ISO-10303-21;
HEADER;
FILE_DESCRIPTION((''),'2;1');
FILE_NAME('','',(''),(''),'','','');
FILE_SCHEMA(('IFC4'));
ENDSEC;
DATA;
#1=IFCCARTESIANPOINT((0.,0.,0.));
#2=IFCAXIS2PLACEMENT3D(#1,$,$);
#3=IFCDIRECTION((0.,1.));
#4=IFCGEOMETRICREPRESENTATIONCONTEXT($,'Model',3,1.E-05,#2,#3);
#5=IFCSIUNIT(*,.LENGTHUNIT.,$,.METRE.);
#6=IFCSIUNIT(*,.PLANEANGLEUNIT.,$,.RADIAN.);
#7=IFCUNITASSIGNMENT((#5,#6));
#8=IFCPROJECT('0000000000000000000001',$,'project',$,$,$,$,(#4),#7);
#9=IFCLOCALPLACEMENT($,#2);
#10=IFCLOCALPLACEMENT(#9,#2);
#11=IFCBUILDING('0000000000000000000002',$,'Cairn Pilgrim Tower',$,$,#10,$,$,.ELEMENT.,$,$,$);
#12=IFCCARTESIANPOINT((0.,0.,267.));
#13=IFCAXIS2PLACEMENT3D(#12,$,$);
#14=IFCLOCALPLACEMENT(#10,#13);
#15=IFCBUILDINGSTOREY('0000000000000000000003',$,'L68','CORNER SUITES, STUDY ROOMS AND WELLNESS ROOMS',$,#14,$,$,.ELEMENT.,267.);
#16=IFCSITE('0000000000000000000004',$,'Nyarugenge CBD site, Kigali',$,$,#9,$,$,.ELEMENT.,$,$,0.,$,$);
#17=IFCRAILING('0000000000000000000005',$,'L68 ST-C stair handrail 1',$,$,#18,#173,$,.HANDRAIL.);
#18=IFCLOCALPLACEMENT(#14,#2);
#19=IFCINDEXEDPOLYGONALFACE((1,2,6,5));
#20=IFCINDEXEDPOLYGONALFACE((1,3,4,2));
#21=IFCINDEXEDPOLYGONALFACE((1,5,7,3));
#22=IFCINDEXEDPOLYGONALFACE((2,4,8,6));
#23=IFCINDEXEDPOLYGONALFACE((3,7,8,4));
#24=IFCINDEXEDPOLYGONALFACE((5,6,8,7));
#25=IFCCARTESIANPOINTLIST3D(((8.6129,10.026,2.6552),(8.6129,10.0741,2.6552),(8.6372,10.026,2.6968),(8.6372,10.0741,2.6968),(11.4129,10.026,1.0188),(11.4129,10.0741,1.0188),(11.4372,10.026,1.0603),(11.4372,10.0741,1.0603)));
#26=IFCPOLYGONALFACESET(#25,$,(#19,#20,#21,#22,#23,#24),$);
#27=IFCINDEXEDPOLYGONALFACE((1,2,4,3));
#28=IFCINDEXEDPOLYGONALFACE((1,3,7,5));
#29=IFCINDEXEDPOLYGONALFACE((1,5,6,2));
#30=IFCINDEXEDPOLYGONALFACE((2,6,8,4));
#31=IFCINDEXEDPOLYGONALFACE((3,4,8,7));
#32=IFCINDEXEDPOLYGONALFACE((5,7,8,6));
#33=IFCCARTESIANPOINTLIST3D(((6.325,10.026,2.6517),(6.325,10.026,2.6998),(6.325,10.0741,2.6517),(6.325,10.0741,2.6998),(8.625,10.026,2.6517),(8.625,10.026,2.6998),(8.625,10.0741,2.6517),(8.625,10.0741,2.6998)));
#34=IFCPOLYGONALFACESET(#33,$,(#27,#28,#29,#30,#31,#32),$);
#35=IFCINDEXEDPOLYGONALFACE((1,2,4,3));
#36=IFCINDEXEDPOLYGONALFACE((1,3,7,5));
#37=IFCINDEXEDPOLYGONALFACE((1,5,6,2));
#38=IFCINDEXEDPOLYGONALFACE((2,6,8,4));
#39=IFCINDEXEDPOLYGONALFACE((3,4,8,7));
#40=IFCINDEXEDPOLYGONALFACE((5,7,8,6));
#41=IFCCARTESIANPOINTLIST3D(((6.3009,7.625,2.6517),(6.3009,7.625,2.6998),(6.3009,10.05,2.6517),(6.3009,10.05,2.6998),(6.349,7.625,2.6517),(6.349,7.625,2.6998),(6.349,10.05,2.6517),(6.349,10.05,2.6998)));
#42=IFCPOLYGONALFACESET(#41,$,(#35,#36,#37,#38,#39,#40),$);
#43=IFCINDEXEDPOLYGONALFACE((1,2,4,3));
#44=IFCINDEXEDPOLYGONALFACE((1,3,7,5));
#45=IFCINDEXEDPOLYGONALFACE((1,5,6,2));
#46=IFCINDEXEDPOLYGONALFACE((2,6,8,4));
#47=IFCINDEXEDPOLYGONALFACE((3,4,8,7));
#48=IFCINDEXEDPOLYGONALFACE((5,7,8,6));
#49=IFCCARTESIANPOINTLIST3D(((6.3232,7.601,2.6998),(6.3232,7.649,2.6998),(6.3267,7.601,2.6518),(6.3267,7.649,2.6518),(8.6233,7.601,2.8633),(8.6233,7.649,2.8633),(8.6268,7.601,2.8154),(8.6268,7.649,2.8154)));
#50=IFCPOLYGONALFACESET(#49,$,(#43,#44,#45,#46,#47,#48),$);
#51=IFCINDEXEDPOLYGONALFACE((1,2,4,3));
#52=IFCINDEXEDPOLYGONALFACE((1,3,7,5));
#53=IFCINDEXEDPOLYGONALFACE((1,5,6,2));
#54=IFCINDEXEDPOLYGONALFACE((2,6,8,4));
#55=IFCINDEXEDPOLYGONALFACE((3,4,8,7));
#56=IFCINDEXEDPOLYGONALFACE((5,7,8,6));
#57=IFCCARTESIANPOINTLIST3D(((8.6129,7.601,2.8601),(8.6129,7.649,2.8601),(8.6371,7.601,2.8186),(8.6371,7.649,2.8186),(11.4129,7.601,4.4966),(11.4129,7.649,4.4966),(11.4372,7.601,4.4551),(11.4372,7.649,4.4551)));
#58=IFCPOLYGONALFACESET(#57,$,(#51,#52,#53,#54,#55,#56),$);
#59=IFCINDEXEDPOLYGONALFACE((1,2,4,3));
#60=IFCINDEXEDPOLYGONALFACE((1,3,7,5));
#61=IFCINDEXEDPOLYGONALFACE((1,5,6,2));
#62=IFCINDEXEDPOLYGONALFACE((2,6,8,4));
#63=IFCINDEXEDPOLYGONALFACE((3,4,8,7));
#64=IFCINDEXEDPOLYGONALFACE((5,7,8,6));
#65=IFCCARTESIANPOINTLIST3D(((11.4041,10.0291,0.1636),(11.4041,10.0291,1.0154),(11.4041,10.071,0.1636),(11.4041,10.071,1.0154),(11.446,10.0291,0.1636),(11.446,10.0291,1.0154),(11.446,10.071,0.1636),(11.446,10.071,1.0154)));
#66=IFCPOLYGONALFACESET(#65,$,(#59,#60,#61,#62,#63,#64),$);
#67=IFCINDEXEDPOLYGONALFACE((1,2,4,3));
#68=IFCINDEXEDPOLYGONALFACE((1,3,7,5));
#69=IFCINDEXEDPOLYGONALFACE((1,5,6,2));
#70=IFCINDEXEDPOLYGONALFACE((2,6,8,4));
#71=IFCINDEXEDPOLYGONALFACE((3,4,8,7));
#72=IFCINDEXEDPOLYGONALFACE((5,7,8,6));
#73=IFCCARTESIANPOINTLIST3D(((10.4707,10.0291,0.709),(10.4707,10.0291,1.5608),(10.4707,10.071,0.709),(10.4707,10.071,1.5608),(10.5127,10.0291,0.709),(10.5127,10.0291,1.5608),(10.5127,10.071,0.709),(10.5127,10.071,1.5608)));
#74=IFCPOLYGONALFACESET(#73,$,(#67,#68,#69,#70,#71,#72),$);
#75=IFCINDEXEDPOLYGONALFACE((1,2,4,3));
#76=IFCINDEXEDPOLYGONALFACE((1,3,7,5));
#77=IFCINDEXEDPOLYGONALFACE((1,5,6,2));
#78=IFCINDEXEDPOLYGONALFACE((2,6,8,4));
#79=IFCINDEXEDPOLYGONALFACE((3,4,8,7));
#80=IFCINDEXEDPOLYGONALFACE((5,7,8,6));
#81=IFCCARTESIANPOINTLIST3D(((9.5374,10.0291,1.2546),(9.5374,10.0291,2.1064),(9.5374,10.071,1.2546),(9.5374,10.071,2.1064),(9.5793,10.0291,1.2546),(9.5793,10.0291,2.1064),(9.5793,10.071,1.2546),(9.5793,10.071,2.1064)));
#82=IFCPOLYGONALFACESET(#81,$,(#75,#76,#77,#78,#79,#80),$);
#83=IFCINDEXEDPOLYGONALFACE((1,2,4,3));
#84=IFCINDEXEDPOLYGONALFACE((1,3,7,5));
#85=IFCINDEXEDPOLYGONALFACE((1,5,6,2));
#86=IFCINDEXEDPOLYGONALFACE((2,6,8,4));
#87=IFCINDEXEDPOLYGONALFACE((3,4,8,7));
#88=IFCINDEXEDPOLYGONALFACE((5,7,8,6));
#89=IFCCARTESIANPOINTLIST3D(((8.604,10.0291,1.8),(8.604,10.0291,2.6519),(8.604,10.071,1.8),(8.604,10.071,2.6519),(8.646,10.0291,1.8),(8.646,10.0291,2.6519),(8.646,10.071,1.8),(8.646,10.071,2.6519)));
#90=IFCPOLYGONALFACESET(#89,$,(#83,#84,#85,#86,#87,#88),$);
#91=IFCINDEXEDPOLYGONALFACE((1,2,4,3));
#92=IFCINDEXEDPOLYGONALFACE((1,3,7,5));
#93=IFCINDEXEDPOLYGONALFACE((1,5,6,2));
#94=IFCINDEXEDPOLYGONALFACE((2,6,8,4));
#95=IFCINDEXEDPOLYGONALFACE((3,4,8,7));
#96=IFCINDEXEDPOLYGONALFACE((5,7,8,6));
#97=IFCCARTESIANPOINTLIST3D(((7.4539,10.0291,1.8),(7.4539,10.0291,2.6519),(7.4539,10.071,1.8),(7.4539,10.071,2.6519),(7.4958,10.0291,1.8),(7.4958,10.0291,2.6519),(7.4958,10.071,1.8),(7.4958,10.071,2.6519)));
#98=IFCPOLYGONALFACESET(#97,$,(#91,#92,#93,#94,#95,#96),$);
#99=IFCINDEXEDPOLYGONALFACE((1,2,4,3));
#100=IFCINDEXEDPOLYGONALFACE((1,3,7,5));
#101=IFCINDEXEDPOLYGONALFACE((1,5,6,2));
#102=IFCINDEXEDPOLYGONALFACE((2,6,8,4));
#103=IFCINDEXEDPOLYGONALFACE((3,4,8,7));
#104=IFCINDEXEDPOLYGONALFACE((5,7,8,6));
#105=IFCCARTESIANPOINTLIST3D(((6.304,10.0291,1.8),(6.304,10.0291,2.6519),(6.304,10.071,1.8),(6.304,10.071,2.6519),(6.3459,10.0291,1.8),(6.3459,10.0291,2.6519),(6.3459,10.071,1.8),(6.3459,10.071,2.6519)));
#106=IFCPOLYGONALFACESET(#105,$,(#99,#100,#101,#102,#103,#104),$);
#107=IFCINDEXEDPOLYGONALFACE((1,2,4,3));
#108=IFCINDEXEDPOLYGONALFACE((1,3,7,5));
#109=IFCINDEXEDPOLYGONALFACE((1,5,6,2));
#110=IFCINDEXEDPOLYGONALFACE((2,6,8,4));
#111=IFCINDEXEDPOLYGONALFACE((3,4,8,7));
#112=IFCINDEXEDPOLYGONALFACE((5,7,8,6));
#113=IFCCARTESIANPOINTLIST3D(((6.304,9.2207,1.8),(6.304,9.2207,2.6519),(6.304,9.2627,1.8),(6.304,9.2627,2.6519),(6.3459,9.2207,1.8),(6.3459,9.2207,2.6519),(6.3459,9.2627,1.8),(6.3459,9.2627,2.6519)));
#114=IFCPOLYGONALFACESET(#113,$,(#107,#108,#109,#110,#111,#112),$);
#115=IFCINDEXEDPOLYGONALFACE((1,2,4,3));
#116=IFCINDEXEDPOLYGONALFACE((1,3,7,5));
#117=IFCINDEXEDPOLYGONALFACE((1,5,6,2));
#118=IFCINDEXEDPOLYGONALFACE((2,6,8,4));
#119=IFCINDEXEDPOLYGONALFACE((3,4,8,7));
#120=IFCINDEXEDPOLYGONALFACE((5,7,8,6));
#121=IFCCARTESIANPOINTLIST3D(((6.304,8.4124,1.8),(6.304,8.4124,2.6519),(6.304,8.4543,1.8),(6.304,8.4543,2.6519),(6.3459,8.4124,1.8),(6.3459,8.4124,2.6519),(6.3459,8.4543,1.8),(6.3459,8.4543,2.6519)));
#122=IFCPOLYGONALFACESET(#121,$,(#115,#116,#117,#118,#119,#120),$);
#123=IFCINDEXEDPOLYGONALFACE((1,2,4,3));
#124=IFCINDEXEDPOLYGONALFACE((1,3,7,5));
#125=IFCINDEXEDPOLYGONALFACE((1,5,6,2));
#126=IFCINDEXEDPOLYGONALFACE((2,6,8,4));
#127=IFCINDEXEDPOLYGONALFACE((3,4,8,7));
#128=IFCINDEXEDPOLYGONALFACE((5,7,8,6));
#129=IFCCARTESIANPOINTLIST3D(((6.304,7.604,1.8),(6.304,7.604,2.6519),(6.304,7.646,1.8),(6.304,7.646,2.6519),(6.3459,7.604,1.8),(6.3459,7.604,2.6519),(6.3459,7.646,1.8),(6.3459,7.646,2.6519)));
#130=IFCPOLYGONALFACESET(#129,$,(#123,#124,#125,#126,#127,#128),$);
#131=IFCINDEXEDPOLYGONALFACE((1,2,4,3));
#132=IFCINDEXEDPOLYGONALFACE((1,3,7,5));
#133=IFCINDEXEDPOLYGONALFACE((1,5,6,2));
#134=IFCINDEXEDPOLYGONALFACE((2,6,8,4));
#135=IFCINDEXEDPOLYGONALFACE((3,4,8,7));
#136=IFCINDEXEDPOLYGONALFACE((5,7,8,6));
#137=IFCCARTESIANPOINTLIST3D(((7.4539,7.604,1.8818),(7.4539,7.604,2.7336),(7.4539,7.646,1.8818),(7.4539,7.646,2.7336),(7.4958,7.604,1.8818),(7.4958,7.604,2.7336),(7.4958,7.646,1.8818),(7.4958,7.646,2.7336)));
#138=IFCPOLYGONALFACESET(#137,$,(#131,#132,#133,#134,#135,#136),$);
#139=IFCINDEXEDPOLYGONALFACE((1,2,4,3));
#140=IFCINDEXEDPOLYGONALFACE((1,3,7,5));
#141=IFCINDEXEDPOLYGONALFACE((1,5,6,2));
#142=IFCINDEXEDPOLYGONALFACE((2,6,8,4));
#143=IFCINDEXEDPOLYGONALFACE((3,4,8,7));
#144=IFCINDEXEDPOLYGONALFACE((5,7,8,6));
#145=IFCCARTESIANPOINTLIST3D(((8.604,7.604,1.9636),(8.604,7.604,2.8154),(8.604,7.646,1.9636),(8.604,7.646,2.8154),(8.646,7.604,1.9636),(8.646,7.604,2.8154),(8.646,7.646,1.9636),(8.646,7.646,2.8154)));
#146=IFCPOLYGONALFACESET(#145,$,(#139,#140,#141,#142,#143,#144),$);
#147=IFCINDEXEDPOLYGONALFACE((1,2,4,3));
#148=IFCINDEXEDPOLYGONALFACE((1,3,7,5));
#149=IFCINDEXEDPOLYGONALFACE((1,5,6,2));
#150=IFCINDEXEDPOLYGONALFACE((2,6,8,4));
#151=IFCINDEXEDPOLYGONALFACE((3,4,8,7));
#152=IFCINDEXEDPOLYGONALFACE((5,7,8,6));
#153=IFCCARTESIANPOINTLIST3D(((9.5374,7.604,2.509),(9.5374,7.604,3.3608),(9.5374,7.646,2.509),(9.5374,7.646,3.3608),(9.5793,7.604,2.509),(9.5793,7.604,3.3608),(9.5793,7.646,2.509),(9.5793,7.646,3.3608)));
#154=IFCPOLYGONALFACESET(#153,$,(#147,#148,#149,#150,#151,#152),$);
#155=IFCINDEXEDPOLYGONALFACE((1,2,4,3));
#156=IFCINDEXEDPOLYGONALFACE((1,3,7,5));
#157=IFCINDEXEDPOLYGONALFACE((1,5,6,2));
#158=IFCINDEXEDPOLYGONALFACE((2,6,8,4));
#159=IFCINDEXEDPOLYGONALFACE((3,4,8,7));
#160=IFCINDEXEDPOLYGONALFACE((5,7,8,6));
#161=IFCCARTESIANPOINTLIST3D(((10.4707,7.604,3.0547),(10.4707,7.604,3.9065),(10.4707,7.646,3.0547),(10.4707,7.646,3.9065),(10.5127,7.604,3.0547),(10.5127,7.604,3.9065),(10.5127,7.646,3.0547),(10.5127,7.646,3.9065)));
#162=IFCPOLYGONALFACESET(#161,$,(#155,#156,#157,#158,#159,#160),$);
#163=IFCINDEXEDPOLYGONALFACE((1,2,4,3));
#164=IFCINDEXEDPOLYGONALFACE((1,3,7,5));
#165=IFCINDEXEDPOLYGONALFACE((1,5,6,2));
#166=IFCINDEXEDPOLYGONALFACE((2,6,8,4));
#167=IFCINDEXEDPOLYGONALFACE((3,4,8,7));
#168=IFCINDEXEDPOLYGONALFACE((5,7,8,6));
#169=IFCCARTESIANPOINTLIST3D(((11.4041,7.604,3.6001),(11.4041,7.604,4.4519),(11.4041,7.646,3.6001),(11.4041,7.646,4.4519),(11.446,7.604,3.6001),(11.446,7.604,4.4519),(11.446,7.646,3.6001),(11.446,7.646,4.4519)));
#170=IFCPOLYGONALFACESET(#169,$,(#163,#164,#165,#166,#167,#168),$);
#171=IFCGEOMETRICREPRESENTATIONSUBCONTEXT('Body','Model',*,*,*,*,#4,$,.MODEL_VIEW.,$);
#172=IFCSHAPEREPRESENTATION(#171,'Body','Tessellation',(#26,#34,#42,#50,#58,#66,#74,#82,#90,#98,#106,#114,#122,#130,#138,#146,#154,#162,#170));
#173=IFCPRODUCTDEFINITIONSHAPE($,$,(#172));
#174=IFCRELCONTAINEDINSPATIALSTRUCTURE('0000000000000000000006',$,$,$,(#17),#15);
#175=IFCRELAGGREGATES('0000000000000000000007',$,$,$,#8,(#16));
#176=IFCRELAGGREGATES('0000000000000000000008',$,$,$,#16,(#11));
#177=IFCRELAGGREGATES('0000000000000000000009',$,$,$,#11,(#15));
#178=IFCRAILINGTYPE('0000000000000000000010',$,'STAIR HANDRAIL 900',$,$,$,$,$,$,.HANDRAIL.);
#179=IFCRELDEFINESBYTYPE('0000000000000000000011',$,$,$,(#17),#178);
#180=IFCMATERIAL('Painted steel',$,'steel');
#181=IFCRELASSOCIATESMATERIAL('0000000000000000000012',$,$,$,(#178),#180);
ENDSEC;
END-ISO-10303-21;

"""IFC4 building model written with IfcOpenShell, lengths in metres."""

from ifc_helpers import new_model, si_unit, direction, frame, origin, origin_2d, place, context, subcontext, project, spatial, rectangle, extrude, material, type_object, element, save


model = new_model("IFC4")

# Units and contexts
model_context = context("Model", 3, precision=1e-05, world=origin(), true_north=direction((0.0, 1.0)))
body_context = subcontext(model_context, "Body", "Model", "MODEL_VIEW")
ifc_project = project(units=[si_unit("LENGTHUNIT", "METRE"), si_unit("PLANEANGLEUNIT", "RADIAN")], contexts=[model_context])

# Site, building, storey
site_placement = place(None, origin())
site = spatial("IfcSite", under=ifc_project, at=site_placement, Name="Nyarugenge CBD site, Kigali", CompositionType="ELEMENT", RefElevation=0.0)
building_placement = place(site_placement, origin())
building = spatial("IfcBuilding", under=site, at=building_placement, Name="Cairn Pilgrim Tower", CompositionType="ELEMENT")
storey_placement = place(building_placement, frame((0.0, 0.0, 267.0)))
storey = spatial("IfcBuildingStorey", under=building, at=storey_placement, Name="L68", Description="CORNER SUITES, STUDY ROOMS AND WELLNESS ROOMS", CompositionType="ELEMENT", Elevation=267.0)

# Railing
ifc_material_1 = material(Name="Painted steel", Category="steel")
railing_type_1 = type_object("IfcRailingType", Name="STAIR HANDRAIL 900", PredefinedType="HANDRAIL", material=ifc_material_1)
railing_1_placement = place(storey_placement, frame((11.425, 10.05, 0.1636)))
element("IfcRailing", 1, at=railing_1_placement, inside=storey, type_object=railing_type_1, Name="L68 ST-C stair handrail 1", PredefinedType="HANDRAIL", context=body_context, shape_type="SweptSolid", body=[
    extrude(rectangle(XDim=0.0481, YDim=0.0481, at=origin_2d()), frame((0.0, 0.0, 0.876), z_axis=(-0.863361, 0.0, 0.504587), x_axis=(0.0, -1.0, 0.0)), (0.0, 0.0, 1.0), 3.2432),
    extrude(rectangle(XDim=0.0481, YDim=0.0481, at=origin_2d()), frame((-2.8, 0.0, 2.5122), z_axis=(-1.0, 0.0, 0.0), x_axis=(0.0, -1.0, 0.0)), (0.0, 0.0, 1.0), 2.3),
    extrude(rectangle(XDim=0.0481, YDim=0.0481, at=origin_2d()), frame((-5.1001, 0.0, 2.5122), z_axis=(0.0, -1.0, 0.0), x_axis=(1.0, 0.0, 0.0)), (0.0, 0.0, 1.0), 2.425),
    extrude(rectangle(XDim=0.0481, YDim=0.0481, at=origin_2d()), frame((-5.1001, -2.425, 2.5122), z_axis=(0.997481, 0.0, 0.070939), x_axis=(0.0, 1.0, 0.0)), (0.0, 0.0, 1.0), 2.3059),
    extrude(rectangle(XDim=0.0481, YDim=0.0481, at=origin_2d()), frame((-2.8, -2.425, 2.6758), z_axis=(0.863361, 0.0, 0.504587), x_axis=(0.0, 1.0, 0.0)), (0.0, 0.0, 1.0), 3.2432),
    extrude(rectangle(XDim=0.042, YDim=0.042, at=origin_2d()), origin(), (0.0, 0.0, 1.0), 0.8518),
    extrude(rectangle(XDim=0.042, YDim=0.042, at=origin_2d()), frame((-0.9333, 0.0, 0.5454)), (0.0, 0.0, 1.0), 0.8518),
    extrude(rectangle(XDim=0.042, YDim=0.042, at=origin_2d()), frame((-1.8667, 0.0, 1.0911)), (0.0, 0.0, 1.0), 0.8518),
    extrude(rectangle(XDim=0.042, YDim=0.042, at=origin_2d()), frame((-2.8, 0.0, 1.6365)), (0.0, 0.0, 1.0), 0.8518),
    extrude(rectangle(XDim=0.042, YDim=0.042, at=origin_2d()), frame((-3.9502, 0.0, 1.6365)), (0.0, 0.0, 1.0), 0.8518),
    extrude(rectangle(XDim=0.042, YDim=0.042, at=origin_2d()), frame((-5.1001, 0.0, 1.6365)), (0.0, 0.0, 1.0), 0.8518),
    extrude(rectangle(XDim=0.042, YDim=0.042, at=origin_2d()), frame((-5.1001, -0.8083, 1.6365)), (0.0, 0.0, 1.0), 0.8518),
    extrude(rectangle(XDim=0.042, YDim=0.042, at=origin_2d()), frame((-5.1001, -1.6167, 1.6365)), (0.0, 0.0, 1.0), 0.8518),
    extrude(rectangle(XDim=0.042, YDim=0.042, at=origin_2d()), frame((-5.1001, -2.425, 1.6365)), (0.0, 0.0, 1.0), 0.8518),
    extrude(rectangle(XDim=0.042, YDim=0.042, at=origin_2d()), frame((-3.9502, -2.425, 1.7183)), (0.0, 0.0, 1.0), 0.8518),
    extrude(rectangle(XDim=0.042, YDim=0.042, at=origin_2d()), frame((-2.8, -2.425, 1.8)), (0.0, 0.0, 1.0), 0.8518),
    extrude(rectangle(XDim=0.042, YDim=0.042, at=origin_2d()), frame((-1.8667, -2.425, 2.3455)), (0.0, 0.0, 1.0), 0.8518),
    extrude(rectangle(XDim=0.042, YDim=0.042, at=origin_2d()), frame((-0.9333, -2.425, 2.8911)), (0.0, 0.0, 1.0), 0.8518),
    extrude(rectangle(XDim=0.042, YDim=0.042, at=origin_2d()), frame((0.0, -2.425, 3.4365)), (0.0, 0.0, 1.0), 0.8518),
])

save(model, "model.ifc")
